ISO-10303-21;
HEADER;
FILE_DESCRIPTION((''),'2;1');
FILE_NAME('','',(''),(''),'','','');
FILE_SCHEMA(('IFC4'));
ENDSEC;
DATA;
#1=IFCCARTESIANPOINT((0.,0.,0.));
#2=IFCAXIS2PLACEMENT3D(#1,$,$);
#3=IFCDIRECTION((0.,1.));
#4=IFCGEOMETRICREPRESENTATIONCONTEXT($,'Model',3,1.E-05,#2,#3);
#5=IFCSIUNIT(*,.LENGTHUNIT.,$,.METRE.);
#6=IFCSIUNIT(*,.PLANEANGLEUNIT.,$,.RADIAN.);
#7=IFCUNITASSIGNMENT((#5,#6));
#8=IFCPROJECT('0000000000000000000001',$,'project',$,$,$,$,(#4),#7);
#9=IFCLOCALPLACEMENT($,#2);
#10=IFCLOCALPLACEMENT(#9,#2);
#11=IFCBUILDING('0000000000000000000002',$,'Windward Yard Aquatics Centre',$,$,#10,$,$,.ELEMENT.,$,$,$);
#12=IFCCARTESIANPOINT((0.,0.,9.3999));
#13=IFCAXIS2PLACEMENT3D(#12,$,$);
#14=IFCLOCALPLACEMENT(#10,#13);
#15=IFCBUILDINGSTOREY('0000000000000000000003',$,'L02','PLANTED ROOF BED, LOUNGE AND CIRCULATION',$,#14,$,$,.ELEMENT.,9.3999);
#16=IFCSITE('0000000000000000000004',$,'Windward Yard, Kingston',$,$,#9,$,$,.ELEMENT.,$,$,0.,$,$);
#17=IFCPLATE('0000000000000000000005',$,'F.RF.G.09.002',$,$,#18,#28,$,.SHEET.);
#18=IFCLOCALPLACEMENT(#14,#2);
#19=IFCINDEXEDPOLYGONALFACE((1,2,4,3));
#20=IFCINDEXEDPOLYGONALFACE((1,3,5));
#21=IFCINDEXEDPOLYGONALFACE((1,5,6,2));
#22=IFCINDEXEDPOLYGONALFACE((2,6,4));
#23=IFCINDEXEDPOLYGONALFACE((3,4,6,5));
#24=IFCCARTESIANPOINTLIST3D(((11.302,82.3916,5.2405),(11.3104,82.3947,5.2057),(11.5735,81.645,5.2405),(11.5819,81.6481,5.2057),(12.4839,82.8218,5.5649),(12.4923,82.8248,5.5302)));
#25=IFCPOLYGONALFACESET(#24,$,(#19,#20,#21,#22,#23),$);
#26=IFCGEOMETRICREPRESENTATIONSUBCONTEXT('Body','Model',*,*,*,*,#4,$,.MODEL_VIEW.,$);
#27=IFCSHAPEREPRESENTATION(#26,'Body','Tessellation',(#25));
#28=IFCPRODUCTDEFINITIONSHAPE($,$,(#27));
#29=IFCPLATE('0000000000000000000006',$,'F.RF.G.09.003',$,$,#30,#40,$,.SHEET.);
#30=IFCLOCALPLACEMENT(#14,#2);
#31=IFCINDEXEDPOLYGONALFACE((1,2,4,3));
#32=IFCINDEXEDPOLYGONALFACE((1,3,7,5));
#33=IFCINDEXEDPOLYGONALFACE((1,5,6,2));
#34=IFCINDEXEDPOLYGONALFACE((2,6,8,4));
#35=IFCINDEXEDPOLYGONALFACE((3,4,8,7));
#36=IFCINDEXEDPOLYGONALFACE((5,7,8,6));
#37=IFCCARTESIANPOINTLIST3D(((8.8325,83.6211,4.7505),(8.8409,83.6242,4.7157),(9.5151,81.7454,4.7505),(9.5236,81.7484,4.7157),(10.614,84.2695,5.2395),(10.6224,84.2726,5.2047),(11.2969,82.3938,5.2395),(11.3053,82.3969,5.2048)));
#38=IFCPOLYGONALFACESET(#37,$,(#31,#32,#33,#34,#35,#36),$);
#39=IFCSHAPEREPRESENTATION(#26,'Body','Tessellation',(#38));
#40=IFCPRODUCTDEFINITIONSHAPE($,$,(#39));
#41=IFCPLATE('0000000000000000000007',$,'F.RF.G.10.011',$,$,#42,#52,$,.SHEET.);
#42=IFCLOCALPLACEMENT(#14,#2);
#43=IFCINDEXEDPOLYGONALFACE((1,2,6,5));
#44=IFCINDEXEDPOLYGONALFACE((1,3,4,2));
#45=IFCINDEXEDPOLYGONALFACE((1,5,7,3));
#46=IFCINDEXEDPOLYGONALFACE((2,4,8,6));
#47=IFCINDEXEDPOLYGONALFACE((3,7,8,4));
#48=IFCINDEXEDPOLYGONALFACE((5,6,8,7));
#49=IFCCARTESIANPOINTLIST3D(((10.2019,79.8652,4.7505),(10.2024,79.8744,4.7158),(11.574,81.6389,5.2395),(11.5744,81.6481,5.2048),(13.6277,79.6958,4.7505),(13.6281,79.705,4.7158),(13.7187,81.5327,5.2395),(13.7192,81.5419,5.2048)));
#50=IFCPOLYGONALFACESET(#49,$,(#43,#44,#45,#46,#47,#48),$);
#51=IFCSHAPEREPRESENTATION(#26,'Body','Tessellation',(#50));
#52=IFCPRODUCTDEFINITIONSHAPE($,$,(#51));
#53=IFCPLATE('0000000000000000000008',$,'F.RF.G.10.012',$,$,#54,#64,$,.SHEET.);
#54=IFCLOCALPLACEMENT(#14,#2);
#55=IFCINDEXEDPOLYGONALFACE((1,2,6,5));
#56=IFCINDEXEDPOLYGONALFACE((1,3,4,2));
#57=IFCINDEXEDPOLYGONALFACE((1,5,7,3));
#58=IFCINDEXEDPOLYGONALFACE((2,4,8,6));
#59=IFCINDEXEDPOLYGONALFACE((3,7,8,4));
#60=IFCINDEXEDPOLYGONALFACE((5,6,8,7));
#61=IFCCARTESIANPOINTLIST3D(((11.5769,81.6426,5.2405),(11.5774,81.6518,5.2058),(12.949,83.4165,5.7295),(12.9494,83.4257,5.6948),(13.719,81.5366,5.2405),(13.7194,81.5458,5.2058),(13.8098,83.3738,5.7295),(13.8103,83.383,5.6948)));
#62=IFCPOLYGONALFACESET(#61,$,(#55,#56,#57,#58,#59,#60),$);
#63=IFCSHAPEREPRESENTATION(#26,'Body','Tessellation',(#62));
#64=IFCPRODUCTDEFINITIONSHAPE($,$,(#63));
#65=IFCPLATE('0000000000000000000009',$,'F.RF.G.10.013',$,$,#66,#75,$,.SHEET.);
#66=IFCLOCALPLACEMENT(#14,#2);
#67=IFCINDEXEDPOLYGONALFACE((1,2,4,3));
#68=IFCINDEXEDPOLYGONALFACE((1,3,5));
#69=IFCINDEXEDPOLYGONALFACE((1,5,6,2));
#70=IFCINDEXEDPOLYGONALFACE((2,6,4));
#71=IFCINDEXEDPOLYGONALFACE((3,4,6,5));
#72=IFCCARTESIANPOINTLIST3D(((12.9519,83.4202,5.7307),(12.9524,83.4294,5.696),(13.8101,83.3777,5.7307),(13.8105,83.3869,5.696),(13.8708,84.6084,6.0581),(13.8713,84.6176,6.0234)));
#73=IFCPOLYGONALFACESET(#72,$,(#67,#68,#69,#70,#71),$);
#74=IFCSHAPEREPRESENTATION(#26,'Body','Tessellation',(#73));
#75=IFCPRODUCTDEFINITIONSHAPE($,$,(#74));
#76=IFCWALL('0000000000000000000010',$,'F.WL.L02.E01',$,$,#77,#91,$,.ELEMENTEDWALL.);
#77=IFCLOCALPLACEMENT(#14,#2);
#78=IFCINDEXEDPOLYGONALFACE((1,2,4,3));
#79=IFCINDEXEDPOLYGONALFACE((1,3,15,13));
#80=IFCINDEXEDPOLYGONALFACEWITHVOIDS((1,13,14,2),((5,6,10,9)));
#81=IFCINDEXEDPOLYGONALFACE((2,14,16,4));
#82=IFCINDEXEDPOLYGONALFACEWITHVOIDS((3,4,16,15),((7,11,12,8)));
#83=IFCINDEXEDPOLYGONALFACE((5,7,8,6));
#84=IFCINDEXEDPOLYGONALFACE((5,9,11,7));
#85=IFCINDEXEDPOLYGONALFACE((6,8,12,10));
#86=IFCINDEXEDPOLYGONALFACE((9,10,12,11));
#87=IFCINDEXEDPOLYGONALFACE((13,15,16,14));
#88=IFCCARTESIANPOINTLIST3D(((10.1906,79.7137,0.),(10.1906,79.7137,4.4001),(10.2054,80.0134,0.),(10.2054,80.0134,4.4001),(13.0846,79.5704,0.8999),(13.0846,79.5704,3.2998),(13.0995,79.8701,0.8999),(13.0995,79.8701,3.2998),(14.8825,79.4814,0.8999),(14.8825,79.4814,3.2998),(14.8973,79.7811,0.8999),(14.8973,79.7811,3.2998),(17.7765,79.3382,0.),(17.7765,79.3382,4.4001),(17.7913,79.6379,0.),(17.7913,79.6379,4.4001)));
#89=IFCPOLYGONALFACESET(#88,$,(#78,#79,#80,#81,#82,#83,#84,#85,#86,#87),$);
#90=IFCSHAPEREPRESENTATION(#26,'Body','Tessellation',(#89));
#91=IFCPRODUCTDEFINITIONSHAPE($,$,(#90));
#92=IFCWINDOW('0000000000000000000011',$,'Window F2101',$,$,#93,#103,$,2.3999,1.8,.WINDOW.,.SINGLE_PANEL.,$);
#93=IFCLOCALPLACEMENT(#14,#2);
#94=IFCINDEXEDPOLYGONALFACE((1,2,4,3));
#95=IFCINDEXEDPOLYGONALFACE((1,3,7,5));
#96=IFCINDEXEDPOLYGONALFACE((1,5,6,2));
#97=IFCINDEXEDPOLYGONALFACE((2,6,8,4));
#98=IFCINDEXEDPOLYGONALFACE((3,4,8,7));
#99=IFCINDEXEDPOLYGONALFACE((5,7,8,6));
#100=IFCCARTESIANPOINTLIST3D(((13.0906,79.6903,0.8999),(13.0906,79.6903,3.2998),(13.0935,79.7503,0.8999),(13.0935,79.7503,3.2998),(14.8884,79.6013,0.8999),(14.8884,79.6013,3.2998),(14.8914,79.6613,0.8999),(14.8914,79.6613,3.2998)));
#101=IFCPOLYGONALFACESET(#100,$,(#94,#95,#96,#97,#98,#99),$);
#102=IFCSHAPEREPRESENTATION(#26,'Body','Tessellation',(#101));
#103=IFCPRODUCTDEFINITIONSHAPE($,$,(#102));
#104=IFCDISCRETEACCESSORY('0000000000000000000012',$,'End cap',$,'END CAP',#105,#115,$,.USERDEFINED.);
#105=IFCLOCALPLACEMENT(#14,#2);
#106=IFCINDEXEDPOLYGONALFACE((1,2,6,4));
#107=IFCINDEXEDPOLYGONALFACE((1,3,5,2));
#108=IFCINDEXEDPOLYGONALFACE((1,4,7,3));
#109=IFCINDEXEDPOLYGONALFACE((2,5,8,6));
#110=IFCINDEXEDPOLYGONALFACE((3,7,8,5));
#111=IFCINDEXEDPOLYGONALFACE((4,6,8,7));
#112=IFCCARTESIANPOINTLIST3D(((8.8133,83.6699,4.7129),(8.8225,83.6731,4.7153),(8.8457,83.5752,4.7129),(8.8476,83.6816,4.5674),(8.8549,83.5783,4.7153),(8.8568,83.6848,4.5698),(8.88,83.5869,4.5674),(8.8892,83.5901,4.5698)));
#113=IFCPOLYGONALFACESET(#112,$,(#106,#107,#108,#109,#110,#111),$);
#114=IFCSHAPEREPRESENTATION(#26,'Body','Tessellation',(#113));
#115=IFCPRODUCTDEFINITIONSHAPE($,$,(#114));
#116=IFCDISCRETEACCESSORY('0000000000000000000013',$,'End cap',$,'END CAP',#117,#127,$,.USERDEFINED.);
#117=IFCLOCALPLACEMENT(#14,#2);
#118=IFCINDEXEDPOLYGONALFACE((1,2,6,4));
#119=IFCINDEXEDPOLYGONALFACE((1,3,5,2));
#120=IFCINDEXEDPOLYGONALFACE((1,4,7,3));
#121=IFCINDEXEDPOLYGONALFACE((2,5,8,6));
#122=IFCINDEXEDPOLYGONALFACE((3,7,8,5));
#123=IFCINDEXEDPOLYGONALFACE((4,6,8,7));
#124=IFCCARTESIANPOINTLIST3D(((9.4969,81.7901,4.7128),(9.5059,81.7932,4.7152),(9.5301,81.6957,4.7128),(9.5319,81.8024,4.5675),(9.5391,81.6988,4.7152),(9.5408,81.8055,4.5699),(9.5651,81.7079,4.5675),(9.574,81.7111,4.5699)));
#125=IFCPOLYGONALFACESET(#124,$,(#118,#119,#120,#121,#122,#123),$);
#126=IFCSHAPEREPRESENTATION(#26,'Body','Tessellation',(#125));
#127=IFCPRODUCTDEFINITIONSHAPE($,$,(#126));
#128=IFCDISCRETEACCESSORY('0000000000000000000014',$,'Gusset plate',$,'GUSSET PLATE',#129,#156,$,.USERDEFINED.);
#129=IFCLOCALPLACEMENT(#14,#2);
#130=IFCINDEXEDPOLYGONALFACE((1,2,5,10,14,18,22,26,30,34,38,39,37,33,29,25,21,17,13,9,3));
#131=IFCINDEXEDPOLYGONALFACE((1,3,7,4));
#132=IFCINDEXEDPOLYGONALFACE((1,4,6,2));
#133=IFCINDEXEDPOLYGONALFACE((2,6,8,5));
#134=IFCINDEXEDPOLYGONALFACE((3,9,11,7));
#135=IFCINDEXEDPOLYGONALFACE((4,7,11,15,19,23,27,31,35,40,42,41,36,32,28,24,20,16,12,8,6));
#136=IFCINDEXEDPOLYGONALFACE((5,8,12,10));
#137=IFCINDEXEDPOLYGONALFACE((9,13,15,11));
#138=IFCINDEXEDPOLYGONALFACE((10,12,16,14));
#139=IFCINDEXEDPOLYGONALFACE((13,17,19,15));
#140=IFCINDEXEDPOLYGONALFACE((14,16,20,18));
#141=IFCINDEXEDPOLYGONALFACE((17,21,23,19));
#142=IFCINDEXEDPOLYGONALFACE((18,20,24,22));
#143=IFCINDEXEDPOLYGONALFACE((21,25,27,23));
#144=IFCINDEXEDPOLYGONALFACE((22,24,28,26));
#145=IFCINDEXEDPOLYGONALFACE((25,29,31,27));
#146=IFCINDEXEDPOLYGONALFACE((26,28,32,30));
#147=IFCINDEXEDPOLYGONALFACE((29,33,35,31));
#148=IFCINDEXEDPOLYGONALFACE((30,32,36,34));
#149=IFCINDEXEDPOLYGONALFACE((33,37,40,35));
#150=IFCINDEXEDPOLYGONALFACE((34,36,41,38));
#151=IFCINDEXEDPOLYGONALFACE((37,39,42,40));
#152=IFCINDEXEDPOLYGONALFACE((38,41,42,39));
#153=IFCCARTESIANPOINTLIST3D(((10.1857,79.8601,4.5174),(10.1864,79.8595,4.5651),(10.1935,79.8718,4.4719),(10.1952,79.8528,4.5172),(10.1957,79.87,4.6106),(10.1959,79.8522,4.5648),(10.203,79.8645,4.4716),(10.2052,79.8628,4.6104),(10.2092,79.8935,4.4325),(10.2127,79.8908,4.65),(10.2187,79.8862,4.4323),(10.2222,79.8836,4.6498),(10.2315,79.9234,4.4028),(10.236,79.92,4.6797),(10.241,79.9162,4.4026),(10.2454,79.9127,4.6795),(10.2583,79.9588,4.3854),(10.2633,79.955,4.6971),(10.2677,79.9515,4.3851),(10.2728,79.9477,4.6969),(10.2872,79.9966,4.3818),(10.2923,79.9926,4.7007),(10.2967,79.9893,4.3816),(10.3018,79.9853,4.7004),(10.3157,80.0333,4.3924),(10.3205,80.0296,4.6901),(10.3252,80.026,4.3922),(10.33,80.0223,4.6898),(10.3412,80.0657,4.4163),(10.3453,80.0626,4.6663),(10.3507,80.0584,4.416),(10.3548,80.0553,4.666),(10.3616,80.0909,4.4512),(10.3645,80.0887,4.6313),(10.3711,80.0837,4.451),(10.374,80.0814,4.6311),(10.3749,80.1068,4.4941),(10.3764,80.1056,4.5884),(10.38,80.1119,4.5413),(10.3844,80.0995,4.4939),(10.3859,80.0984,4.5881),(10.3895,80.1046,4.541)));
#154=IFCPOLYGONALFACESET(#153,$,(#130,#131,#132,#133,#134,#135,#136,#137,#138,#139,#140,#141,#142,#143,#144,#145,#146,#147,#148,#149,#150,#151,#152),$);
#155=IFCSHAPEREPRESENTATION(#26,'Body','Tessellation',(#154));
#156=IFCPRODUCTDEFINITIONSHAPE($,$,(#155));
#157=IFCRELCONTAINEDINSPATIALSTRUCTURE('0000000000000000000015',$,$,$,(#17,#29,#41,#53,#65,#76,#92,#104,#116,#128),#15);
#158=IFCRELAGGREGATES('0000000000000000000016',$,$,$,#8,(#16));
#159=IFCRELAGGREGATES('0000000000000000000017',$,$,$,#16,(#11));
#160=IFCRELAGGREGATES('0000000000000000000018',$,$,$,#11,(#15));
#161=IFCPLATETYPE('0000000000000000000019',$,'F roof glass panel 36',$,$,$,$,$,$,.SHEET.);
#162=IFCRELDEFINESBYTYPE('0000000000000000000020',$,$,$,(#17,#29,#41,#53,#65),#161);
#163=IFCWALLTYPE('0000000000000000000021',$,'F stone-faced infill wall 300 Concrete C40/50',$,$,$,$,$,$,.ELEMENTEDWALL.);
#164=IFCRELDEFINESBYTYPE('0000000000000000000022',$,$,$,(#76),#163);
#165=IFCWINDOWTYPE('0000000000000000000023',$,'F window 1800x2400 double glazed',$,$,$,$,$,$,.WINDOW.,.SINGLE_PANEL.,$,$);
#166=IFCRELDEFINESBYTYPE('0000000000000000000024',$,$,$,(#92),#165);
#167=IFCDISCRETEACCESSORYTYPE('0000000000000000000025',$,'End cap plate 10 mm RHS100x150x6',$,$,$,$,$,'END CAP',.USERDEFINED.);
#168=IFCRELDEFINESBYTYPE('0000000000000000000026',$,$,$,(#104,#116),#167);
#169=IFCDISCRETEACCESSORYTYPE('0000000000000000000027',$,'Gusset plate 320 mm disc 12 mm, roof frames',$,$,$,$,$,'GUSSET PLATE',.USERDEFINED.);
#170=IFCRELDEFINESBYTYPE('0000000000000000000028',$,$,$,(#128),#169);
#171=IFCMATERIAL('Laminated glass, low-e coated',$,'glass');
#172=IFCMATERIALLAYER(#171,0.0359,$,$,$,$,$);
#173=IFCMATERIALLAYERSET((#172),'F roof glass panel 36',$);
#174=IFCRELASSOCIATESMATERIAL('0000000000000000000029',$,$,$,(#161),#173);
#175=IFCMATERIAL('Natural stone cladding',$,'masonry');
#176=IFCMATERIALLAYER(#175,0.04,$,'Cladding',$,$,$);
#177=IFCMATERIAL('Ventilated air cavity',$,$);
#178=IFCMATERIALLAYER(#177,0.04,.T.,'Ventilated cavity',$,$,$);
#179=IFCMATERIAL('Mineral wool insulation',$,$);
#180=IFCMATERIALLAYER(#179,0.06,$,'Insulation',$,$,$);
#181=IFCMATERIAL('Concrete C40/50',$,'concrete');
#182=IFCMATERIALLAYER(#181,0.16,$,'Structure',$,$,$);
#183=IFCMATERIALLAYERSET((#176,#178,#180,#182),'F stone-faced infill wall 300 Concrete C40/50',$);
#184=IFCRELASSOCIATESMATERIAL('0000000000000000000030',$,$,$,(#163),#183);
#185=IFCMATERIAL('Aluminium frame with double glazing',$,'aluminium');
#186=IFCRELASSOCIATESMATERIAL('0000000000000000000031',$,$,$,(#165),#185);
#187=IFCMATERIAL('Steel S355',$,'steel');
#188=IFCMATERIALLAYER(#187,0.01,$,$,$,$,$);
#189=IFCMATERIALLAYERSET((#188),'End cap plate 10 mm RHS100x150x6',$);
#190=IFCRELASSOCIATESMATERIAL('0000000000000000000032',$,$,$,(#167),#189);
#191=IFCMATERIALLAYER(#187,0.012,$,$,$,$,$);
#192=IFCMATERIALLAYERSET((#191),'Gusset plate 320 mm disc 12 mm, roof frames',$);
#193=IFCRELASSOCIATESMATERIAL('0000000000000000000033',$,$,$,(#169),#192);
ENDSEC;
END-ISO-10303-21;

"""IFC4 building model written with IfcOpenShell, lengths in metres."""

from ifc_helpers import new_model, si_unit, direction, frame, frame_2d, origin, origin_2d, place, context, subcontext, project, spatial, polyline, rectangle, circle, outline, extrude, material, layer, layer_set, type_object, element, fill, save


model = new_model("IFC4")

# Units and contexts
model_context = context("Model", 3, precision=1e-05, world=origin(), true_north=direction((0.0, 1.0)))
body_context = subcontext(model_context, "Body", "Model", "MODEL_VIEW")
ifc_project = project(units=[si_unit("LENGTHUNIT", "METRE"), si_unit("PLANEANGLEUNIT", "RADIAN")], contexts=[model_context])

# Site, building, storey
site_placement = place(None, origin())
site = spatial("IfcSite", under=ifc_project, at=site_placement, Name="Windward Yard, Kingston", CompositionType="ELEMENT", RefElevation=0.0)
building_placement = place(site_placement, origin())
building = spatial("IfcBuilding", under=site, at=building_placement, Name="Windward Yard Aquatics Centre", CompositionType="ELEMENT")
storey_placement = place(building_placement, frame((0.0, 0.0, 9.3999)))
storey = spatial("IfcBuildingStorey", under=building, at=storey_placement, Name="L02", Description="PLANTED ROOF BED, LOUNGE AND CIRCULATION", CompositionType="ELEMENT", Elevation=9.3999)

# Shared definitions
ifc_material_1 = material(Name="Steel S355", Category="steel")

# Plates
ifc_material_2 = material(Name="Laminated glass, low-e coated", Category="glass")
ifc_layer_1 = layer(ifc_material_2, 0.0359)
ifc_layer_set_1 = layer_set([ifc_layer_1], Name="F roof glass panel 36")
plate_type = type_object("IfcPlateType", Name="F roof glass panel 36", PredefinedType="SHEET", material=ifc_layer_set_1)
plate_1_placement = place(storey_placement, frame((11.302, 82.3916, 5.2405), z_axis=(-0.234756, -0.085366, 0.968299), x_axis=(0.909902, 0.331181, 0.249795)))
element("IfcPlate", 1, at=plate_1_placement, inside=storey, type_object=plate_type, Name="F.RF.G.09.002", PredefinedType="SHEET", context=body_context, shape_type="SweptSolid", body=[
    extrude(outline(polyline([(0.0, 0.0), (1.2989, 0.0), (-0.0002, -0.7944), (0.0, 0.0)])), origin(), (0.0, 0.0, -1.0), 0.0359),
])
plate_2_placement = place(storey_placement, frame((8.8325, 83.6211, 4.7505), z_axis=(-0.234689, -0.085423, 0.96831), x_axis=(0.909909, 0.331194, 0.249752)))
element("IfcPlate", 2, at=plate_2_placement, inside=storey, type_object=plate_type, Name="F.RF.G.09.003", PredefinedType="SHEET", context=body_context, shape_type="SweptSolid", body=[
    extrude(outline(polyline([(0.0, 0.0), (1.9579, 0.0), (1.958, -1.9962), (-0.0001, -1.9961), (0.0, 0.0)])), origin(), (0.0, 0.0, -1.0), 0.0359),
])
plate_3_placement = place(storey_placement, frame((10.2019, 79.8652, 4.7505), z_axis=(-0.012699, -0.256636, 0.966425), x_axis=(0.597816, 0.772797, 0.213073)))
element("IfcPlate", 3, at=plate_3_placement, inside=storey, type_object=plate_type, Name="F.RF.G.10.011", PredefinedType="SHEET", context=body_context, shape_type="SweptSolid", body=[
    extrude(outline(polyline([(0.0, 0.0), (2.2951, 0.0), (3.4952, -1.7808), (1.917, -2.8442), (0.0, 0.0)])), origin(), (0.0, 0.0, -1.0), 0.0359),
])
plate_4_placement = place(storey_placement, frame((11.5769, 81.6426, 5.2405), z_axis=(-0.012705, -0.256602, 0.966434), x_axis=(0.597767, 0.77284, 0.213059)))
element("IfcPlate", 4, at=plate_4_placement, inside=storey, type_object=plate_type, Name="F.RF.G.10.012", PredefinedType="SHEET", context=body_context, shape_type="SweptSolid", body=[
    extrude(outline(polyline([(0.0, 0.0), (2.2953, 0.0), (2.7769, -0.7148), (1.1986, -1.7785), (0.0, 0.0)])), origin(), (0.0, 0.0, -1.0), 0.0359),
])
plate_5_placement = place(storey_placement, frame((12.9519, 83.4202, 5.7307), z_axis=(-0.012696, -0.256472, 0.966468), x_axis=(0.597734, 0.772894, 0.212955)))
element("IfcPlate", 5, at=plate_5_placement, inside=storey, type_object=plate_type, Name="F.RF.G.10.013", PredefinedType="SHEET", context=body_context, shape_type="SweptSolid", body=[
    extrude(outline(polyline([(0.0, 0.0), (1.5374, 0.0), (0.4801, -0.7125), (0.0, 0.0)])), origin(), (0.0, 0.0, -1.0), 0.0359),
])

# Wall, opening, window
ifc_material_3 = material(Name="Natural stone cladding", Category="masonry")
ifc_layer_2 = layer(ifc_material_3, 0.04, Name="Cladding")
ifc_material_4 = material(Name="Ventilated air cavity")
ifc_layer_3 = layer(ifc_material_4, 0.04, ventilated=True, Name="Ventilated cavity")
ifc_material_5 = material(Name="Mineral wool insulation")
ifc_layer_4 = layer(ifc_material_5, 0.06, Name="Insulation")
ifc_material_6 = material(Name="Concrete C40/50", Category="concrete")
ifc_layer_5 = layer(ifc_material_6, 0.16, Name="Structure")
ifc_layer_set_2 = layer_set([ifc_layer_2, ifc_layer_3, ifc_layer_4, ifc_layer_5], Name="F stone-faced infill wall 300 Concrete C40/50")
wall_type = type_object("IfcWallType", Name="F stone-faced infill wall 300 Concrete C40/50", PredefinedType="ELEMENTEDWALL", material=ifc_layer_set_2)
wall_placement = place(storey_placement, frame((10.198, 79.8635, 0.0), z_axis=(0.0, 0.0, 1.0), x_axis=(0.998777, -0.049437, 0.0)))
wall = element("IfcWall", 6, at=wall_placement, inside=storey, type_object=wall_type, Name="F.WL.L02.E01", PredefinedType="ELEMENTEDWALL", context=body_context, shape_type="SweptSolid", body=[
    extrude(rectangle(XDim=7.5952, YDim=0.3, at=frame_2d((3.7976, 0.0))), origin(), (0.0, 0.0, 1.0), 4.4001),
])
opening_placement = place(wall_placement, frame((2.8977, 0.0, 0.8999)))
opening = element("IfcOpeningElement", 7, at=opening_placement, cuts=wall, PredefinedType="OPENING", context=body_context, shape_type="SweptSolid", body=[
    extrude(rectangle(XDim=1.8, YDim=2.3999, at=frame_2d((0.8999, 1.2))), frame((0.0, 0.1602, 0.0), z_axis=(0.0, -1.0, 0.0), x_axis=(1.0, 0.0, 0.0)), (0.0, 0.0, 1.0), 0.3201),
])
ifc_material_7 = material(Name="Aluminium frame with double glazing", Category="aluminium")
window_type = type_object("IfcWindowType", Name="F window 1800x2400 double glazed", PartitioningType="SINGLE_PANEL", PredefinedType="WINDOW", material=ifc_material_7)
window_placement = place(opening_placement, origin())
window = element("IfcWindow", 8, at=window_placement, inside=storey, type_object=window_type, Name="Window F2101", OverallHeight=2.3999, OverallWidth=1.8, PartitioningType="SINGLE_PANEL", PredefinedType="WINDOW", context=body_context, shape_type="SweptSolid", body=[
    extrude(rectangle(XDim=1.8, YDim=2.3999, at=frame_2d((0.8999, 1.2))), frame((0.0, 0.03, 0.0), z_axis=(0.0, -1.0, 0.0), x_axis=(1.0, 0.0, 0.0)), (0.0, 0.0, 1.0), 0.0601),
])
fill(opening, window)

# Discrete accessories
ifc_layer_6 = layer(ifc_material_1, 0.01)
ifc_layer_set_3 = layer_set([ifc_layer_6], Name="End cap plate 10 mm RHS100x150x6")
discrete_accessory_type_1 = type_object("IfcDiscreteAccessoryType", Name="End cap plate 10 mm RHS100x150x6", ElementType="END CAP", PredefinedType="USERDEFINED", material=ifc_layer_set_3)
discrete_accessory_1_placement = place(storey_placement, frame((8.8467, 83.6284, 4.6401), z_axis=(0.918132, 0.314098, 0.241614), x_axis=(-0.323688, 0.946164, 0.0)))
element("IfcDiscreteAccessory", 9, at=discrete_accessory_1_placement, inside=storey, type_object=discrete_accessory_type_1, Name="End cap", ObjectType="END CAP", PredefinedType="USERDEFINED", context=body_context, shape_type="SweptSolid", body=[
    extrude(rectangle(XDim=0.1001, YDim=0.1499, at=origin_2d()), origin(), (0.0, 0.0, 1.0), 0.01),
])
discrete_accessory_2_placement = place(storey_placement, frame((9.531, 81.749, 4.6401), z_axis=(0.914207, 0.321208, 0.247083), x_axis=(-0.331486, 0.94346, 0.0)))
element("IfcDiscreteAccessory", 10, at=discrete_accessory_2_placement, inside=storey, type_object=discrete_accessory_type_1, Name="End cap", ObjectType="END CAP", PredefinedType="USERDEFINED", context=body_context, shape_type="SweptSolid", body=[
    extrude(rectangle(XDim=0.1001, YDim=0.1499, at=origin_2d()), origin(), (0.0, 0.0, 1.0), 0.0098),
])
ifc_layer_7 = layer(ifc_material_1, 0.012)
ifc_layer_set_4 = layer_set([ifc_layer_7], Name="Gusset plate 320 mm disc 12 mm, roof frames")
discrete_accessory_type_2 = type_object("IfcDiscreteAccessoryType", Name="Gusset plate 320 mm disc 12 mm, roof frames", ElementType="GUSSET PLATE", PredefinedType="USERDEFINED", material=ifc_layer_set_4)
discrete_accessory_3_placement = place(storey_placement, frame((10.2825, 79.9851, 4.5413), z_axis=(0.79246, -0.609585, -0.020319), x_axis=(0.609711, 0.792624, 0.0)))
element("IfcDiscreteAccessory", 11, at=discrete_accessory_3_placement, inside=storey, type_object=discrete_accessory_type_2, Name="Gusset plate", ObjectType="GUSSET PLATE", PredefinedType="USERDEFINED", context=body_context, shape_type="SweptSolid", body=[
    extrude(circle(Radius=0.1599, at=origin_2d()), origin(), (0.0, 0.0, 1.0), 0.012),
])

save(model, "model.ifc")
